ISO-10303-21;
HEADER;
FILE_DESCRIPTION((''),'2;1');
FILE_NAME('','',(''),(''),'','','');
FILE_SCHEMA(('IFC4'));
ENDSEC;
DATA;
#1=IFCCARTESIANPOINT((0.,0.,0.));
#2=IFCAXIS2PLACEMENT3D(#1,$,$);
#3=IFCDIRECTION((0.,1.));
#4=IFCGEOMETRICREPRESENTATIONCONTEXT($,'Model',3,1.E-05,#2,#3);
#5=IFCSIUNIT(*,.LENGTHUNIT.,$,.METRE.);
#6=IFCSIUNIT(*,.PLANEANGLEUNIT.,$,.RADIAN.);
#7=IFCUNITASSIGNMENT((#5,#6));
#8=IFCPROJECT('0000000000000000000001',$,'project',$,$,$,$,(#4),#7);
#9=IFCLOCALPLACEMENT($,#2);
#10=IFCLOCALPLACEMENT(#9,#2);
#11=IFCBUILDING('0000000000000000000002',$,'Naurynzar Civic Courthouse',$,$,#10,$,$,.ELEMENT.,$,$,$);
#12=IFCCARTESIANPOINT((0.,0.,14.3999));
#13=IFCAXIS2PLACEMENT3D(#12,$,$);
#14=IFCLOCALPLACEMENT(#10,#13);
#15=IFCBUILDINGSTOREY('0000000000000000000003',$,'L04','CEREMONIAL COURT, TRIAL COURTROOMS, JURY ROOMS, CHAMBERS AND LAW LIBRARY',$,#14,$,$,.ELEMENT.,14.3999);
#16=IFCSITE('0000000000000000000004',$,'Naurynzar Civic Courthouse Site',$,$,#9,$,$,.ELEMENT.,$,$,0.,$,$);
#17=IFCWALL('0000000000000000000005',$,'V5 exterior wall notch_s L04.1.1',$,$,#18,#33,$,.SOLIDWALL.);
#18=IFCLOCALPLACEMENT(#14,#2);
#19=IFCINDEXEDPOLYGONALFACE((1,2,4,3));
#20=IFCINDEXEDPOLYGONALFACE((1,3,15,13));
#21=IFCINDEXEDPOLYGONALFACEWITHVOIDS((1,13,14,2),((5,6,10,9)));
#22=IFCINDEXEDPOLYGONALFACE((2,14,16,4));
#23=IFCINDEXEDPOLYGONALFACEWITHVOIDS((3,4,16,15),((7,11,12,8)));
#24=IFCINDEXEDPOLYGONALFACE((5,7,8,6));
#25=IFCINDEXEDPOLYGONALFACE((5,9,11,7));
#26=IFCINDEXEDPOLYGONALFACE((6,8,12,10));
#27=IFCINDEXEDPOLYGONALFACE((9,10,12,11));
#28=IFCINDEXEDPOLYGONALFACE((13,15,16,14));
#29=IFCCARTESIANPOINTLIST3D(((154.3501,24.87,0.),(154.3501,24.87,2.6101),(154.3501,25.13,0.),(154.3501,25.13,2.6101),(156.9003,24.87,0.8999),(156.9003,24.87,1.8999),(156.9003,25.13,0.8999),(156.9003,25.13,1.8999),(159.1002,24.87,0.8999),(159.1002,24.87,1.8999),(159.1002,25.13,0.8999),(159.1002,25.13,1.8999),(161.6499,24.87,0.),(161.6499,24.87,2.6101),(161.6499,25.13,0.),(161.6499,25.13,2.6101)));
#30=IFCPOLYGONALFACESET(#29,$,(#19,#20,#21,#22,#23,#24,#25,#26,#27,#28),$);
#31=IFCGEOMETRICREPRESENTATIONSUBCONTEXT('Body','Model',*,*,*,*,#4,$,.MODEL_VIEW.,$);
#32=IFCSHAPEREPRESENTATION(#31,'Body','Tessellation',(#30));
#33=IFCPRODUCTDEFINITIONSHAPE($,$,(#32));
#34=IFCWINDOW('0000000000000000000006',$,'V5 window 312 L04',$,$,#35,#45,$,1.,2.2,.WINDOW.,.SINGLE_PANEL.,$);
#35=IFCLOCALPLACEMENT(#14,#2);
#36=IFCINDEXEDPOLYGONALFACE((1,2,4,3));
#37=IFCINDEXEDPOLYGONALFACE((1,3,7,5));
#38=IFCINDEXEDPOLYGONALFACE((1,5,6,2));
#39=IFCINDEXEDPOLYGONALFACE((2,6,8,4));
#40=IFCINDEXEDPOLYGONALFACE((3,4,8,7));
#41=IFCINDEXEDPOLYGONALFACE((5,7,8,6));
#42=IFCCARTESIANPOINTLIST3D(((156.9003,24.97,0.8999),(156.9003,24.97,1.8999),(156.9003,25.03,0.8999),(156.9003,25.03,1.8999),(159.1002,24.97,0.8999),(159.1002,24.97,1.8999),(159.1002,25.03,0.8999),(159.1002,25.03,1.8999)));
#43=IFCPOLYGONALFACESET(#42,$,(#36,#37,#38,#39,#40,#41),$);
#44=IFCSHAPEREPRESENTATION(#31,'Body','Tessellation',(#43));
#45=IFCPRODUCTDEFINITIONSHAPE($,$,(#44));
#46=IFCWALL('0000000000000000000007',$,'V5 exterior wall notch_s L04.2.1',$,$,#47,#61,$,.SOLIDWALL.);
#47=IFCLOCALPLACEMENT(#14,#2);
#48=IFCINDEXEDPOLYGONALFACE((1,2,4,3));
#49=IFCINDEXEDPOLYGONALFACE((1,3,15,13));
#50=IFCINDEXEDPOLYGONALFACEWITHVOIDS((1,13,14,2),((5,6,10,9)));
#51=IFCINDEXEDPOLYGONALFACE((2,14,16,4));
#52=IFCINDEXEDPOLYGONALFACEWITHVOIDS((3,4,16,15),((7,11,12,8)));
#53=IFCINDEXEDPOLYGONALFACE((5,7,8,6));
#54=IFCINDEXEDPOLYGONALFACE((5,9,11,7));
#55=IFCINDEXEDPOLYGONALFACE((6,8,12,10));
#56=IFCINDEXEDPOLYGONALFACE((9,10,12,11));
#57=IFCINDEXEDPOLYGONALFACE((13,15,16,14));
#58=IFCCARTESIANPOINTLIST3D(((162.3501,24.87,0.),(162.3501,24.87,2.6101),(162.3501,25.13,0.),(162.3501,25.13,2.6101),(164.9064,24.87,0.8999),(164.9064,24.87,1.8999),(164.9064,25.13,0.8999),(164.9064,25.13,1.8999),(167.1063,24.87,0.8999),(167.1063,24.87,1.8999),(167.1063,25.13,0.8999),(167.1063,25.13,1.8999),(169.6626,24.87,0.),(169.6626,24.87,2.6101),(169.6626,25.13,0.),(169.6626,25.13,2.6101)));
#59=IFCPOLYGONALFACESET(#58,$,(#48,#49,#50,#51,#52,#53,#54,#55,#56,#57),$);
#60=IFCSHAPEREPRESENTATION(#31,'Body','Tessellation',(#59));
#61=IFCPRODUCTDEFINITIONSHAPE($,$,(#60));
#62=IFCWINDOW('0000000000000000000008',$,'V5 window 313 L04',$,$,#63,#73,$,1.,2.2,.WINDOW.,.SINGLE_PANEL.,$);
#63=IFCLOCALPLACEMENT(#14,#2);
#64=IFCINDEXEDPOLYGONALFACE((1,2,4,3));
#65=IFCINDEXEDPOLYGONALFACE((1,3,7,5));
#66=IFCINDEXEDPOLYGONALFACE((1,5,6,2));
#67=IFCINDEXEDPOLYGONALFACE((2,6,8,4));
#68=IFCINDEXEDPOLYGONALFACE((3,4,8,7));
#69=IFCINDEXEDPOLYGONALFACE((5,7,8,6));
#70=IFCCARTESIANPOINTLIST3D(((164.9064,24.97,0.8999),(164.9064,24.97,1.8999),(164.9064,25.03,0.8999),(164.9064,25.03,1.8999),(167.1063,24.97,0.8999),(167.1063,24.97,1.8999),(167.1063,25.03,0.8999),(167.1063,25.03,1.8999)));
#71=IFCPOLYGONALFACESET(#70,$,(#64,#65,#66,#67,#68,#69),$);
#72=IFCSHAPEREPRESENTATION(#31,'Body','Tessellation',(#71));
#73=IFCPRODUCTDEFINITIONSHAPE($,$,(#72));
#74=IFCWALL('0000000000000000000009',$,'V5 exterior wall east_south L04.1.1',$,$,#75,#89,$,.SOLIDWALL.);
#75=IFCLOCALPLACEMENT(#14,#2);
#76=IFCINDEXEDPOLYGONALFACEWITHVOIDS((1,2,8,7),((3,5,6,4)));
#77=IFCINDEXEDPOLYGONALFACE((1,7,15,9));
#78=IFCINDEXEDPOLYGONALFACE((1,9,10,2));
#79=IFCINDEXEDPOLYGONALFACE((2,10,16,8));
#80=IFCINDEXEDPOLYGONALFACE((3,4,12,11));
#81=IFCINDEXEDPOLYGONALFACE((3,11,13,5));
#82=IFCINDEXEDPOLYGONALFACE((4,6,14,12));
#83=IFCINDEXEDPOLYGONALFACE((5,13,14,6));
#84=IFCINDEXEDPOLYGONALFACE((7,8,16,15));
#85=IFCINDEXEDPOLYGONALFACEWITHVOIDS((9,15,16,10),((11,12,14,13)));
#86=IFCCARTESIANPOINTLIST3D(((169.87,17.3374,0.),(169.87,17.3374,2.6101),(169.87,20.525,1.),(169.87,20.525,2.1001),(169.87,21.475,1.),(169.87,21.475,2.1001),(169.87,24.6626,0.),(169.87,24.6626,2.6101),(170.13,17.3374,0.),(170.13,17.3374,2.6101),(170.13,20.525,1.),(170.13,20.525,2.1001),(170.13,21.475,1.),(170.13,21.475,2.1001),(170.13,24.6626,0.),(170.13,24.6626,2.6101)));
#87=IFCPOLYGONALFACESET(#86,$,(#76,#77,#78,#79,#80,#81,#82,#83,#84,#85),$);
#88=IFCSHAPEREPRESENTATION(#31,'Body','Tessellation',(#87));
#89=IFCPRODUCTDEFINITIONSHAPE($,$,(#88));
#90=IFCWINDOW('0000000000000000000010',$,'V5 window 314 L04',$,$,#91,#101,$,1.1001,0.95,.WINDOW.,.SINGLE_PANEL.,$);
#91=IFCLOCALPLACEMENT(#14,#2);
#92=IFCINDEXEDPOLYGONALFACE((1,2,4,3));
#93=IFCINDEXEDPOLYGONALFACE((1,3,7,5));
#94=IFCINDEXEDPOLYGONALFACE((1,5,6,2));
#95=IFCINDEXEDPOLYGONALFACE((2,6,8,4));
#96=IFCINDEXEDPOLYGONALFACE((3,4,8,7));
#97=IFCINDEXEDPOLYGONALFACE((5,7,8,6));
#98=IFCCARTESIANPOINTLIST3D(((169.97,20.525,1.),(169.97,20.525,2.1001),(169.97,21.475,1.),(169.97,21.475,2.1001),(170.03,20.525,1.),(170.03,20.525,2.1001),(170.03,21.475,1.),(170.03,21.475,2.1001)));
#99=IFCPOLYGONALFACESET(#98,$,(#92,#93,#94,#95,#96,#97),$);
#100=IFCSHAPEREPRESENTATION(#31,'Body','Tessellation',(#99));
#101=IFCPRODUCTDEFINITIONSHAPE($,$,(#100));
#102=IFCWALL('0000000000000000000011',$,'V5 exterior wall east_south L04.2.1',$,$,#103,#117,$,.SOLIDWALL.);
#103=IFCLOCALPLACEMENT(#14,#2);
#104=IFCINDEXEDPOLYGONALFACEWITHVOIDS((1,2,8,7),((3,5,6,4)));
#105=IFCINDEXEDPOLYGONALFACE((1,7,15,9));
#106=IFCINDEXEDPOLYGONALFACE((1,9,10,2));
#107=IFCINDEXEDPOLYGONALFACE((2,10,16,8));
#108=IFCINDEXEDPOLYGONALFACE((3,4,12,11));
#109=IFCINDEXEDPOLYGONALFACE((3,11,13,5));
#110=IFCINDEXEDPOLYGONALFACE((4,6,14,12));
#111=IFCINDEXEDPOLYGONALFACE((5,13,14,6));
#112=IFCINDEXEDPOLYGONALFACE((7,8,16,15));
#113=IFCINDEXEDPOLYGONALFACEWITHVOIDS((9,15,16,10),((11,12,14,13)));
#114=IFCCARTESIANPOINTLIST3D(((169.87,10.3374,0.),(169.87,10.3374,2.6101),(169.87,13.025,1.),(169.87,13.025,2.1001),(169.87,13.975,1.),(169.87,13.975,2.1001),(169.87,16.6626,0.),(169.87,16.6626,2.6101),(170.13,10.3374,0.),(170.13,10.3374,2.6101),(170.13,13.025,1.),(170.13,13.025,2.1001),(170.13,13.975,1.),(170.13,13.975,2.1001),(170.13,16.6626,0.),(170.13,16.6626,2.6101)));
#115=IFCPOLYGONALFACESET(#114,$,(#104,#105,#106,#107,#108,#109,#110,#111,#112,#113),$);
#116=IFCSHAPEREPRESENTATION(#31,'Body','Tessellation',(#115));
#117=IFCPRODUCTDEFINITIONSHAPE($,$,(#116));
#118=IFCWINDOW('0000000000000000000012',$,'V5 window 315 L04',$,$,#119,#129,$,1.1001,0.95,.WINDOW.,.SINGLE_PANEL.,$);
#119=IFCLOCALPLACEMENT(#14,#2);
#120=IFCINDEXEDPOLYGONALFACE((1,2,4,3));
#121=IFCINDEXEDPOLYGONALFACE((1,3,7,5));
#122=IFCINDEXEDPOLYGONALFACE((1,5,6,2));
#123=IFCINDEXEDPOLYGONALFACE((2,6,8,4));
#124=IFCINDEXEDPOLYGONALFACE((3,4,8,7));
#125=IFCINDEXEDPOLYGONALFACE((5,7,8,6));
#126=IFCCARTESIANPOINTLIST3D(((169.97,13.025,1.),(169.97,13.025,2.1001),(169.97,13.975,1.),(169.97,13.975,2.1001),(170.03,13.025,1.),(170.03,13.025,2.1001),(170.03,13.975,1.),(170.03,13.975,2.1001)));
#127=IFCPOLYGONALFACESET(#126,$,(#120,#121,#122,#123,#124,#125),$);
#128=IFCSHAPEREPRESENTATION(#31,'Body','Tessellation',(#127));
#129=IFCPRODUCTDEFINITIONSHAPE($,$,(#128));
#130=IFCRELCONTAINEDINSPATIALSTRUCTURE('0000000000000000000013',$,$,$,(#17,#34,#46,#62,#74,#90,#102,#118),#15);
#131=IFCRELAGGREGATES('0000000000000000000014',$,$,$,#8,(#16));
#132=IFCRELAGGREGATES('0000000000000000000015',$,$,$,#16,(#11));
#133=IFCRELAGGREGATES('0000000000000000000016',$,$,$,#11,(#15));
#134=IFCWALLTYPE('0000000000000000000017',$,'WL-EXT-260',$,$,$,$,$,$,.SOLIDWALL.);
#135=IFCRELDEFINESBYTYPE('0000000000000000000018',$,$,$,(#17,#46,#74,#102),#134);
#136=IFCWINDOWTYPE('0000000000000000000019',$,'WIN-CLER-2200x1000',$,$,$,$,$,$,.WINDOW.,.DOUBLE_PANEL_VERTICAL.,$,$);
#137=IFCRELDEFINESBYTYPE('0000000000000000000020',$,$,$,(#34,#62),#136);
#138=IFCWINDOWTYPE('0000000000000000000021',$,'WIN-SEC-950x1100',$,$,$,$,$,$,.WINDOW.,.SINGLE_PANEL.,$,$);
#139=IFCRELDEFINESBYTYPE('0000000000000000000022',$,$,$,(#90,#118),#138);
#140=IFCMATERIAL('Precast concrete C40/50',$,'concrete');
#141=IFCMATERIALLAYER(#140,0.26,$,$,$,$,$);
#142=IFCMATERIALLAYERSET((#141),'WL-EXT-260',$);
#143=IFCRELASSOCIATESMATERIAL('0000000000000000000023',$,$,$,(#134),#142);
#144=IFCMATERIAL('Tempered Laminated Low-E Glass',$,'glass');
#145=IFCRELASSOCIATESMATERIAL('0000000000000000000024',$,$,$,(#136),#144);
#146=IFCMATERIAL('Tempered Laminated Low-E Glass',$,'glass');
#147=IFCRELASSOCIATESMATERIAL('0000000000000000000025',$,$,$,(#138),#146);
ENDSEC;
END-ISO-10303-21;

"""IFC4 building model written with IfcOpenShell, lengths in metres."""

from ifc_helpers import new_model, si_unit, direction, frame, frame_2d, origin, place, context, subcontext, project, spatial, rectangle, extrude, material, layer, layer_set, type_object, element, fill, save


model = new_model("IFC4")

# Units and contexts
model_context = context("Model", 3, precision=1e-05, world=origin(), true_north=direction((0.0, 1.0)))
body_context = subcontext(model_context, "Body", "Model", "MODEL_VIEW")
ifc_project = project(units=[si_unit("LENGTHUNIT", "METRE"), si_unit("PLANEANGLEUNIT", "RADIAN")], contexts=[model_context])

# Site, building, storey
site_placement = place(None, origin())
site = spatial("IfcSite", under=ifc_project, at=site_placement, Name="Naurynzar Civic Courthouse Site", CompositionType="ELEMENT", RefElevation=0.0)
building_placement = place(site_placement, origin())
building = spatial("IfcBuilding", under=site, at=building_placement, Name="Naurynzar Civic Courthouse", CompositionType="ELEMENT")
storey_placement = place(building_placement, frame((0.0, 0.0, 14.3999)))
storey = spatial("IfcBuildingStorey", under=building, at=storey_placement, Name="L04", Description="CEREMONIAL COURT, TRIAL COURTROOMS, JURY ROOMS, CHAMBERS AND LAW LIBRARY", CompositionType="ELEMENT", Elevation=14.3999)

# Walls, openings, windows
ifc_material_1 = material(Name="Precast concrete C40/50", Category="concrete")
ifc_layer = layer(ifc_material_1, 0.26)
ifc_layer_set = layer_set([ifc_layer], Name="WL-EXT-260")
wall_type = type_object("IfcWallType", Name="WL-EXT-260", PredefinedType="SOLIDWALL", material=ifc_layer_set)
wall_1_placement = place(storey_placement, frame((154.3501, 25.0, 0.0), z_axis=(0.0, 0.0, 1.0), x_axis=(1.0, 0.0, 0.0)))
wall_1 = element("IfcWall", 1, at=wall_1_placement, inside=storey, type_object=wall_type, Name="V5 exterior wall notch_s L04.1.1", PredefinedType="SOLIDWALL", context=body_context, shape_type="SweptSolid", body=[
    extrude(rectangle(XDim=7.2998, YDim=0.26, at=frame_2d((3.6499, 0.0))), origin(), (0.0, 0.0, 1.0), 2.6101),
])
opening_1_placement = place(wall_1_placement, frame((2.55, 0.0, 0.8999)))
opening_1 = element("IfcOpeningElement", 2, at=opening_1_placement, cuts=wall_1, PredefinedType="OPENING", context=body_context, shape_type="SweptSolid", body=[
    extrude(rectangle(XDim=2.2, YDim=1.0, at=frame_2d((1.1001, 0.5))), frame((0.0, 0.1399, 0.0), z_axis=(0.0, -1.0, 0.0), x_axis=(1.0, 0.0, 0.0)), (0.0, 0.0, 1.0), 0.28),
])
ifc_material_2 = material(Name="Tempered Laminated Low-E Glass", Category="glass")
window_type_1 = type_object("IfcWindowType", Name="WIN-CLER-2200x1000", PartitioningType="DOUBLE_PANEL_VERTICAL", PredefinedType="WINDOW", material=ifc_material_2)
window_1_placement = place(opening_1_placement, origin())
window_1 = element("IfcWindow", 3, at=window_1_placement, inside=storey, type_object=window_type_1, Name="V5 window 312 L04", OverallHeight=1.0, OverallWidth=2.2, PartitioningType="SINGLE_PANEL", PredefinedType="WINDOW", context=body_context, shape_type="SweptSolid", body=[
    extrude(rectangle(XDim=2.2, YDim=1.0, at=frame_2d((1.1001, 0.5))), frame((0.0, 0.03, 0.0), z_axis=(0.0, -1.0, 0.0), x_axis=(1.0, 0.0, 0.0)), (0.0, 0.0, 1.0), 0.0601),
])
fill(opening_1, window_1)
wall_2_placement = place(storey_placement, frame((162.3501, 25.0, 0.0), z_axis=(0.0, 0.0, 1.0), x_axis=(1.0, 0.0, 0.0)))
wall_2 = element("IfcWall", 4, at=wall_2_placement, inside=storey, type_object=wall_type, Name="V5 exterior wall notch_s L04.2.1", PredefinedType="SOLIDWALL", context=body_context, shape_type="SweptSolid", body=[
    extrude(rectangle(XDim=7.3125, YDim=0.26, at=frame_2d((3.6562, 0.0))), origin(), (0.0, 0.0, 1.0), 2.6101),
])
opening_2_placement = place(wall_2_placement, frame((2.5562, 0.0, 0.8999)))
opening_2 = element("IfcOpeningElement", 5, at=opening_2_placement, cuts=wall_2, PredefinedType="OPENING", context=body_context, shape_type="SweptSolid", body=[
    extrude(rectangle(XDim=2.2, YDim=1.0, at=frame_2d((1.1001, 0.5))), frame((0.0, 0.1399, 0.0), z_axis=(0.0, -1.0, 0.0), x_axis=(1.0, 0.0, 0.0)), (0.0, 0.0, 1.0), 0.28),
])
window_2_placement = place(opening_2_placement, origin())
window_2 = element("IfcWindow", 6, at=window_2_placement, inside=storey, type_object=window_type_1, Name="V5 window 313 L04", OverallHeight=1.0, OverallWidth=2.2, PartitioningType="SINGLE_PANEL", PredefinedType="WINDOW", context=body_context, shape_type="SweptSolid", body=[
    extrude(rectangle(XDim=2.2, YDim=1.0, at=frame_2d((1.1001, 0.5))), frame((0.0, 0.03, 0.0), z_axis=(0.0, -1.0, 0.0), x_axis=(1.0, 0.0, 0.0)), (0.0, 0.0, 1.0), 0.0601),
])
fill(opening_2, window_2)
wall_3_placement = place(storey_placement, frame((170.0, 24.6626, 0.0), z_axis=(0.0, 0.0, 1.0), x_axis=(0.0, -1.0, 0.0)))
wall_3 = element("IfcWall", 7, at=wall_3_placement, inside=storey, type_object=wall_type, Name="V5 exterior wall east_south L04.1.1", PredefinedType="SOLIDWALL", context=body_context, shape_type="SweptSolid", body=[
    extrude(rectangle(XDim=7.3252, YDim=0.26, at=frame_2d((3.6626, 0.0))), origin(), (0.0, 0.0, 1.0), 2.6101),
])
opening_3_placement = place(wall_3_placement, frame((3.1875, 0.0, 1.0)))
opening_3 = element("IfcOpeningElement", 8, at=opening_3_placement, cuts=wall_3, PredefinedType="OPENING", context=body_context, shape_type="SweptSolid", body=[
    extrude(rectangle(XDim=0.95, YDim=1.1001, at=frame_2d((0.4751, 0.55))), frame((0.0, 0.1399, 0.0), z_axis=(0.0, -1.0, 0.0), x_axis=(1.0, 0.0, 0.0)), (0.0, 0.0, 1.0), 0.28),
])
ifc_material_3 = material(Name="Tempered Laminated Low-E Glass", Category="glass")
window_type_2 = type_object("IfcWindowType", Name="WIN-SEC-950x1100", PartitioningType="SINGLE_PANEL", PredefinedType="WINDOW", material=ifc_material_3)
window_3_placement = place(opening_3_placement, origin())
window_3 = element("IfcWindow", 9, at=window_3_placement, inside=storey, type_object=window_type_2, Name="V5 window 314 L04", OverallHeight=1.1001, OverallWidth=0.95, PartitioningType="SINGLE_PANEL", PredefinedType="WINDOW", context=body_context, shape_type="SweptSolid", body=[
    extrude(rectangle(XDim=0.95, YDim=1.1001, at=frame_2d((0.4751, 0.55))), frame((0.0, 0.03, 0.0), z_axis=(0.0, -1.0, 0.0), x_axis=(1.0, 0.0, 0.0)), (0.0, 0.0, 1.0), 0.0601),
])
fill(opening_3, window_3)
wall_4_placement = place(storey_placement, frame((170.0, 16.6626, 0.0), z_axis=(0.0, 0.0, 1.0), x_axis=(0.0, -1.0, 0.0)))
wall_4 = element("IfcWall", 10, at=wall_4_placement, inside=storey, type_object=wall_type, Name="V5 exterior wall east_south L04.2.1", PredefinedType="SOLIDWALL", context=body_context, shape_type="SweptSolid", body=[
    extrude(rectangle(XDim=6.3252, YDim=0.26, at=frame_2d((3.1626, 0.0))), origin(), (0.0, 0.0, 1.0), 2.6101),
])
opening_4_placement = place(wall_4_placement, frame((2.6875, 0.0, 1.0)))
opening_4 = element("IfcOpeningElement", 11, at=opening_4_placement, cuts=wall_4, PredefinedType="OPENING", context=body_context, shape_type="SweptSolid", body=[
    extrude(rectangle(XDim=0.95, YDim=1.1001, at=frame_2d((0.4751, 0.55))), frame((0.0, 0.1399, 0.0), z_axis=(0.0, -1.0, 0.0), x_axis=(1.0, 0.0, 0.0)), (0.0, 0.0, 1.0), 0.28),
])
window_4_placement = place(opening_4_placement, origin())
window_4 = element("IfcWindow", 12, at=window_4_placement, inside=storey, type_object=window_type_2, Name="V5 window 315 L04", OverallHeight=1.1001, OverallWidth=0.95, PartitioningType="SINGLE_PANEL", PredefinedType="WINDOW", context=body_context, shape_type="SweptSolid", body=[
    extrude(rectangle(XDim=0.95, YDim=1.1001, at=frame_2d((0.4751, 0.55))), frame((0.0, 0.03, 0.0), z_axis=(0.0, -1.0, 0.0), x_axis=(1.0, 0.0, 0.0)), (0.0, 0.0, 1.0), 0.0601),
])
fill(opening_4, window_4)

save(model, "model.ifc")
